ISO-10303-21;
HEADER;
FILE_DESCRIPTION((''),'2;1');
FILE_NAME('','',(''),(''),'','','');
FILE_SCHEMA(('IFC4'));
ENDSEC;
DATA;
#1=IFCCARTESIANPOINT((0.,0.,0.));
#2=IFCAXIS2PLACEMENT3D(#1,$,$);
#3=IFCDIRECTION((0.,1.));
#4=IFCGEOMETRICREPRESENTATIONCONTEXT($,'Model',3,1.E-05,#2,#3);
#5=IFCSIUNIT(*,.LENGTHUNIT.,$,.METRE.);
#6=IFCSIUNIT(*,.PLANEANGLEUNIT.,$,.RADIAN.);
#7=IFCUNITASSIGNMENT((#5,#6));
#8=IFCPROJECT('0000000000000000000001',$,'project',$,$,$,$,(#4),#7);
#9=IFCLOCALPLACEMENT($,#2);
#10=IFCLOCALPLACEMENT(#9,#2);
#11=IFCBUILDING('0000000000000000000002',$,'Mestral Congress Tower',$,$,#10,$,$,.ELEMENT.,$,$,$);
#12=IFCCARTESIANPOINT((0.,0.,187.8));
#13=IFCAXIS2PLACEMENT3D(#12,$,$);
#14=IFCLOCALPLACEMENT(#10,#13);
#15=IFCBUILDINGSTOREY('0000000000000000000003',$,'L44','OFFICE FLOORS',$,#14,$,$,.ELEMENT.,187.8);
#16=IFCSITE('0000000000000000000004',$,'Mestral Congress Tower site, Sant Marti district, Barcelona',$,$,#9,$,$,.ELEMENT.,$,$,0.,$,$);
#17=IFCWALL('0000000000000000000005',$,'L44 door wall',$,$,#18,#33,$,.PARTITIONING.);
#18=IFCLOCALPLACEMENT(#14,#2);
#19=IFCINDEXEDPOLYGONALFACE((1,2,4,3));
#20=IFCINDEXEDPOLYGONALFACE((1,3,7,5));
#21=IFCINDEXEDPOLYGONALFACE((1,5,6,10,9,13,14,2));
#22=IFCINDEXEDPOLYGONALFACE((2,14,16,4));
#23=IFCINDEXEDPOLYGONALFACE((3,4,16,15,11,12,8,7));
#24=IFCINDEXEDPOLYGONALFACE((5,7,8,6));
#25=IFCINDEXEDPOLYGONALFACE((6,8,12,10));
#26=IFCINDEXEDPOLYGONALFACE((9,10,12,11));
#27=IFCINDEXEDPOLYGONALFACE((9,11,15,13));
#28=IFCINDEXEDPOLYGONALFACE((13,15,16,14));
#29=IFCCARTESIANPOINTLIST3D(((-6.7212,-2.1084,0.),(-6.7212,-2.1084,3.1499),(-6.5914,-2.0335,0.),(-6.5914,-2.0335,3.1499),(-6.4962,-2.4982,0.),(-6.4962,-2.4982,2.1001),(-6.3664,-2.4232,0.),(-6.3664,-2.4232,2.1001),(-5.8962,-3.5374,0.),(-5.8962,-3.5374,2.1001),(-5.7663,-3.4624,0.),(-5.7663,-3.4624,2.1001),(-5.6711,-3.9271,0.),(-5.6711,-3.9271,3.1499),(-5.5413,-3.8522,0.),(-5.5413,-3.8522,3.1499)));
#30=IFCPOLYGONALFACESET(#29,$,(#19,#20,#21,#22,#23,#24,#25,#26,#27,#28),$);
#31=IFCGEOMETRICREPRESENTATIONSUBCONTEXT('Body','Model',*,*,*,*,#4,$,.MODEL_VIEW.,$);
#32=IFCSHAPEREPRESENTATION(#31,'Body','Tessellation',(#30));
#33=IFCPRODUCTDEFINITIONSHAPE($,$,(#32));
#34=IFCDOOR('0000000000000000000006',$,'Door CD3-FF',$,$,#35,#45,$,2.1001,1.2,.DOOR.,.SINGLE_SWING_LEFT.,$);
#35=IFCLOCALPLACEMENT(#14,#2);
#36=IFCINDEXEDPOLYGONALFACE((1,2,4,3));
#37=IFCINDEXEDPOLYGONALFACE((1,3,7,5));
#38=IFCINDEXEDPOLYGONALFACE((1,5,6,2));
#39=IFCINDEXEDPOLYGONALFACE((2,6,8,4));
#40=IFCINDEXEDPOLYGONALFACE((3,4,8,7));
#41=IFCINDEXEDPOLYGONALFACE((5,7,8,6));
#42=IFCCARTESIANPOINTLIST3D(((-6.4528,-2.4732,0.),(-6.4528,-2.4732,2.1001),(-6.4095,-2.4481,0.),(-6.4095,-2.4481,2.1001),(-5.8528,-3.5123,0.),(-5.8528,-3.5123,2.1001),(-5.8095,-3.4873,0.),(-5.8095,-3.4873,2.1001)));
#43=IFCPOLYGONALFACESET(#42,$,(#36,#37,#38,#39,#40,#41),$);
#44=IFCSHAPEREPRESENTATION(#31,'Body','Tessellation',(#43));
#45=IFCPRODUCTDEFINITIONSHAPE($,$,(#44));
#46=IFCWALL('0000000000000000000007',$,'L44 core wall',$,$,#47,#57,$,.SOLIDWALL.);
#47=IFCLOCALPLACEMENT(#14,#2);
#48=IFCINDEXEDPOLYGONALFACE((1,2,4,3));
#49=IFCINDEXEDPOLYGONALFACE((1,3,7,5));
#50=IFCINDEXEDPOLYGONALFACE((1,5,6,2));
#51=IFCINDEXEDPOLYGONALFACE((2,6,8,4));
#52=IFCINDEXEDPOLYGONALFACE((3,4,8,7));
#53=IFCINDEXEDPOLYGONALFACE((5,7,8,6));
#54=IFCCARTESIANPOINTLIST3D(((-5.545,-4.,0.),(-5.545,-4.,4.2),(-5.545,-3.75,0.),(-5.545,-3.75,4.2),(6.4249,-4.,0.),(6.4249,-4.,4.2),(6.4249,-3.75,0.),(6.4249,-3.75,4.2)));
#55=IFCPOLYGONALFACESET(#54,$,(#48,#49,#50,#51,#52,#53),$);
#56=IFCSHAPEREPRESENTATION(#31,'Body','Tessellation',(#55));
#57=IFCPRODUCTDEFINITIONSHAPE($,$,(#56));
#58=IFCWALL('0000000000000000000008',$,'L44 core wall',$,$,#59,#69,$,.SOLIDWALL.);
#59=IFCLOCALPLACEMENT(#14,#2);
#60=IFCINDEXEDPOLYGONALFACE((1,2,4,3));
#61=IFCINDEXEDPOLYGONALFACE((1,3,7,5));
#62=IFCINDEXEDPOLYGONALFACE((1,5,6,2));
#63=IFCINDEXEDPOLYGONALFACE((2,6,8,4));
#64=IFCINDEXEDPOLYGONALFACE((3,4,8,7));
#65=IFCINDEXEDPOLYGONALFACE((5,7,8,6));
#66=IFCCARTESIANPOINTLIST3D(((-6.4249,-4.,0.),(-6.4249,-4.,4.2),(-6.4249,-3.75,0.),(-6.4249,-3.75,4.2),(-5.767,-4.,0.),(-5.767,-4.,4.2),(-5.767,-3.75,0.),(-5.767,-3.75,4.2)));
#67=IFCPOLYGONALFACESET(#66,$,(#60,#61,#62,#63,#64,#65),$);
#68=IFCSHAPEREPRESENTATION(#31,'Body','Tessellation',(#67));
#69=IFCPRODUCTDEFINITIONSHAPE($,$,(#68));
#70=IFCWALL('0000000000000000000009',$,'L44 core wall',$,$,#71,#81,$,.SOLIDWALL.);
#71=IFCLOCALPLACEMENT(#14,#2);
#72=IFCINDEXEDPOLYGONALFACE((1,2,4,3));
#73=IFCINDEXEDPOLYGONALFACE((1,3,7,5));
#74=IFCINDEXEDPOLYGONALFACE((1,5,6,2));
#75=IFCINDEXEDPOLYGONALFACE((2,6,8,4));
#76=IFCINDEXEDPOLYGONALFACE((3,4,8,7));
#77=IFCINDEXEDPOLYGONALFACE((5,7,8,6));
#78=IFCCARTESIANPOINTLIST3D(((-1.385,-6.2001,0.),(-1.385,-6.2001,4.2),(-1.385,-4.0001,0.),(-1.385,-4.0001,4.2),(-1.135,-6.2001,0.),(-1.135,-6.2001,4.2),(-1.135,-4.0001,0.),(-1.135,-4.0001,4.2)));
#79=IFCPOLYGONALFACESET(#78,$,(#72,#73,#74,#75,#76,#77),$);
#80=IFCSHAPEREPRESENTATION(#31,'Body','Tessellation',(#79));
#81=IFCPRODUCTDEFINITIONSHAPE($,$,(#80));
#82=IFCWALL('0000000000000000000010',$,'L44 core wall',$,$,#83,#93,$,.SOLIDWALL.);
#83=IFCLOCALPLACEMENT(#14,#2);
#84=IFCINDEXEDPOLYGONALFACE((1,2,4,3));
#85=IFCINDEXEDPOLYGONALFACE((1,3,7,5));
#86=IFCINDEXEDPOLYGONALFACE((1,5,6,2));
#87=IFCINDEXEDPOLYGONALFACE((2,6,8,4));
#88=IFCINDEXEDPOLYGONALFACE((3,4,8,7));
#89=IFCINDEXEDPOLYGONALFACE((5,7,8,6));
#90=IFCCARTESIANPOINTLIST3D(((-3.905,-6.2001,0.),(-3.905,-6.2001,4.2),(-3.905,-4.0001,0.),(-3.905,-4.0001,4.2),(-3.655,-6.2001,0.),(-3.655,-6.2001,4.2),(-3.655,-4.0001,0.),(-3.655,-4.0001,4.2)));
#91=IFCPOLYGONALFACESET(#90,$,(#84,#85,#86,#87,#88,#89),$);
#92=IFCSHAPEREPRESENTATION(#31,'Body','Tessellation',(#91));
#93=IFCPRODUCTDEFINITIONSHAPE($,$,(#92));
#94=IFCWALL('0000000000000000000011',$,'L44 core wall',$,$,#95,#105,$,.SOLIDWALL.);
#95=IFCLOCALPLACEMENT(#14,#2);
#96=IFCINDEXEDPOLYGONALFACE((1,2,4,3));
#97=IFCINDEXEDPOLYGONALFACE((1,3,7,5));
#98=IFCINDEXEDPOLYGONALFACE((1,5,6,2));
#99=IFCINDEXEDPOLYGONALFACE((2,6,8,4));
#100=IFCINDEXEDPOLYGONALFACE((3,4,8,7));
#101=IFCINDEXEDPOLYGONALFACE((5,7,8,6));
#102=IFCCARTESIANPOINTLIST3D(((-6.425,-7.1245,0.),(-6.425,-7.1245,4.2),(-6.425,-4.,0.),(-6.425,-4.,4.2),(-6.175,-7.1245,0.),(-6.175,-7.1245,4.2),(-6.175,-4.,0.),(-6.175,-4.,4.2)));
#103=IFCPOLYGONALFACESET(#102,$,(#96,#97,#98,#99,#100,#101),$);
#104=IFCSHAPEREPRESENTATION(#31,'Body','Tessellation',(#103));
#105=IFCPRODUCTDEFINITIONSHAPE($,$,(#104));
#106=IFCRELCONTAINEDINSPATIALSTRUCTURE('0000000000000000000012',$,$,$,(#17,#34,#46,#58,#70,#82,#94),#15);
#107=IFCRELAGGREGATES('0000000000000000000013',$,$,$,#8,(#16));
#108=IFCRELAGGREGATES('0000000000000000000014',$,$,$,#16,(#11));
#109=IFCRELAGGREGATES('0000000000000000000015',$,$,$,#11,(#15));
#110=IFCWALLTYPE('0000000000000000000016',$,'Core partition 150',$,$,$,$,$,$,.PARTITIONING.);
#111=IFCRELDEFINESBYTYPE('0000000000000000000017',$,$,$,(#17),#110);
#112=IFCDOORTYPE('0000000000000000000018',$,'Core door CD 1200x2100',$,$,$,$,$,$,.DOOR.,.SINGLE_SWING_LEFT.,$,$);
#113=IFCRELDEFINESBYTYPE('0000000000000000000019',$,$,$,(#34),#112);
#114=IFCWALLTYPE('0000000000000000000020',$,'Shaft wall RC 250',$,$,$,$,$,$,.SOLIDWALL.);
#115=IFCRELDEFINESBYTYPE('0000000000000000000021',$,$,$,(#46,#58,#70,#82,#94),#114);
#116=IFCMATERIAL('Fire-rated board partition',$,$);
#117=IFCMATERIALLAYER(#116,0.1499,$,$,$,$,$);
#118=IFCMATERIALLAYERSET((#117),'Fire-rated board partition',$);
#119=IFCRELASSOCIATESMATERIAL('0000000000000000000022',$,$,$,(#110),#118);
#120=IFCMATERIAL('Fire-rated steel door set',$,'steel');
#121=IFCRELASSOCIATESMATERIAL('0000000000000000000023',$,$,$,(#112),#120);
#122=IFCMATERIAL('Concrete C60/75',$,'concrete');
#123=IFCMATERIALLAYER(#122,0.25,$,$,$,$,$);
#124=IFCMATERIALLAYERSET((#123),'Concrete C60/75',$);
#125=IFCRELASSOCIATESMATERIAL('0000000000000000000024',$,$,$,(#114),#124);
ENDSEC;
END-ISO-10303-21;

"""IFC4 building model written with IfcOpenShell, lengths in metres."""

from ifc_helpers import new_model, si_unit, direction, frame, frame_2d, origin, place, context, subcontext, project, spatial, rectangle, extrude, material, layer, layer_set, type_object, element, fill, save


model = new_model("IFC4")

# Units and contexts
model_context = context("Model", 3, precision=1e-05, world=origin(), true_north=direction((0.0, 1.0)))
body_context = subcontext(model_context, "Body", "Model", "MODEL_VIEW")
ifc_project = project(units=[si_unit("LENGTHUNIT", "METRE"), si_unit("PLANEANGLEUNIT", "RADIAN")], contexts=[model_context])

# Site, building, storey
site_placement = place(None, origin())
site = spatial("IfcSite", under=ifc_project, at=site_placement, Name="Mestral Congress Tower site, Sant Marti district, Barcelona", CompositionType="ELEMENT", RefElevation=0.0)
building_placement = place(site_placement, origin())
building = spatial("IfcBuilding", under=site, at=building_placement, Name="Mestral Congress Tower", CompositionType="ELEMENT")
storey_placement = place(building_placement, frame((0.0, 0.0, 187.8)))
storey = spatial("IfcBuildingStorey", under=building, at=storey_placement, Name="L44", Description="OFFICE FLOORS", CompositionType="ELEMENT", Elevation=187.8)

# Wall, opening, door
ifc_material_1 = material(Name="Fire-rated board partition")
ifc_layer_1 = layer(ifc_material_1, 0.1499)
ifc_layer_set_1 = layer_set([ifc_layer_1], Name="Fire-rated board partition")
wall_type_1 = type_object("IfcWallType", Name="Core partition 150", PredefinedType="PARTITIONING", material=ifc_layer_set_1)
wall_1_placement = place(storey_placement, frame((-5.6062, -3.8896, 0.0), z_axis=(0.0, 0.0, 1.0), x_axis=(-0.500028, 0.866009, 0.0)))
wall_1 = element("IfcWall", 1, at=wall_1_placement, inside=storey, type_object=wall_type_1, Name="L44 door wall", PredefinedType="PARTITIONING", context=body_context, shape_type="SweptSolid", body=[
    extrude(rectangle(XDim=2.1001, YDim=0.1499, at=frame_2d((1.05, 0.0))), origin(), (0.0, 0.0, 1.0), 3.1499),
])
opening_1_placement = place(wall_1_placement, frame((0.45, 0.0, 0.0)))
opening_1 = element("IfcOpeningElement", 2, at=opening_1_placement, cuts=wall_1, PredefinedType="OPENING", context=body_context, shape_type="SweptSolid", body=[
    extrude(rectangle(XDim=1.2, YDim=2.1001, at=frame_2d((0.6001, 1.05))), frame((0.0, 0.085, 0.0), z_axis=(0.0, -1.0, 0.0), x_axis=(1.0, 0.0, 0.0)), (0.0, 0.0, 1.0), 0.1699),
])
ifc_material_2 = material(Name="Fire-rated steel door set", Category="steel")
door_type_1 = type_object("IfcDoorType", Name="Core door CD 1200x2100", OperationType="SINGLE_SWING_LEFT", PredefinedType="DOOR", material=ifc_material_2)
door_1_placement = place(opening_1_placement, origin())
door_1 = element("IfcDoor", 3, at=door_1_placement, inside=storey, type_object=door_type_1, Name="Door CD3-FF", OperationType="SINGLE_SWING_LEFT", OverallHeight=2.1001, OverallWidth=1.2, PredefinedType="DOOR", context=body_context, shape_type="SweptSolid", body=[
    extrude(rectangle(XDim=1.2, YDim=2.1001, at=frame_2d((0.6001, 1.05))), frame((0.0, 0.0249, 0.0), z_axis=(0.0, -1.0, 0.0), x_axis=(1.0, 0.0, 0.0)), (0.0, 0.0, 1.0), 0.05),
])
fill(opening_1, door_1)

# Walls
ifc_material_3 = material(Name="Concrete C60/75", Category="concrete")
ifc_layer_2 = layer(ifc_material_3, 0.25)
ifc_layer_set_2 = layer_set([ifc_layer_2], Name="Concrete C60/75")
wall_type_2 = type_object("IfcWallType", Name="Shaft wall RC 250", PredefinedType="SOLIDWALL", material=ifc_layer_set_2)
wall_2_placement = place(storey_placement, frame((-5.5449, -3.875, 0.0), z_axis=(0.0, 0.0, 1.0), x_axis=(1.0, 0.0, 0.0)))
element("IfcWall", 4, at=wall_2_placement, inside=storey, type_object=wall_type_2, Name="L44 core wall", PredefinedType="SOLIDWALL", context=body_context, shape_type="SweptSolid", body=[
    extrude(rectangle(XDim=11.97, YDim=0.25, at=frame_2d((5.9849, 0.0))), origin(), (0.0, 0.0, 1.0), 4.2),
])
wall_3_placement = place(storey_placement, frame((-6.425, -3.875, 0.0), z_axis=(0.0, 0.0, 1.0), x_axis=(1.0, 0.0, 0.0)))
element("IfcWall", 5, at=wall_3_placement, inside=storey, type_object=wall_type_2, Name="L44 core wall", PredefinedType="SOLIDWALL", context=body_context, shape_type="SweptSolid", body=[
    extrude(rectangle(XDim=0.658, YDim=0.25, at=frame_2d((0.3291, 0.0))), origin(), (0.0, 0.0, 1.0), 4.2),
])
for number, where, z_axis, x_axis, name in (
    (6, (-1.26, -4.0, 0.0), (0.0, 0.0, 1.0), (0.0, -1.0, 0.0), "L44 core wall"),
    (7, (-3.78, -4.0, 0.0), (0.0, 0.0, 1.0), (0.0, -1.0, 0.0), "L44 core wall"),
):
    element("IfcWall", number, at=place(storey_placement, frame(where, z_axis=z_axis, x_axis=x_axis)), inside=storey, type_object=wall_type_2, Name=name, PredefinedType="SOLIDWALL", context=body_context, shape_type="SweptSolid", body=[
        extrude(rectangle(XDim=2.2, YDim=0.25, at=frame_2d((1.1001, 0.0))), origin(), (0.0, 0.0, 1.0), 4.2),
    ])
wall_4_placement = place(storey_placement, frame((-6.3, -7.1245, 0.0), z_axis=(0.0, 0.0, 1.0), x_axis=(0.0, 1.0, 0.0)))
element("IfcWall", 8, at=wall_4_placement, inside=storey, type_object=wall_type_2, Name="L44 core wall", PredefinedType="SOLIDWALL", context=body_context, shape_type="SweptSolid", body=[
    extrude(rectangle(XDim=3.1245, YDim=0.25, at=frame_2d((1.5623, 0.0))), origin(), (0.0, 0.0, 1.0), 4.2),
])

save(model, "model.ifc")
